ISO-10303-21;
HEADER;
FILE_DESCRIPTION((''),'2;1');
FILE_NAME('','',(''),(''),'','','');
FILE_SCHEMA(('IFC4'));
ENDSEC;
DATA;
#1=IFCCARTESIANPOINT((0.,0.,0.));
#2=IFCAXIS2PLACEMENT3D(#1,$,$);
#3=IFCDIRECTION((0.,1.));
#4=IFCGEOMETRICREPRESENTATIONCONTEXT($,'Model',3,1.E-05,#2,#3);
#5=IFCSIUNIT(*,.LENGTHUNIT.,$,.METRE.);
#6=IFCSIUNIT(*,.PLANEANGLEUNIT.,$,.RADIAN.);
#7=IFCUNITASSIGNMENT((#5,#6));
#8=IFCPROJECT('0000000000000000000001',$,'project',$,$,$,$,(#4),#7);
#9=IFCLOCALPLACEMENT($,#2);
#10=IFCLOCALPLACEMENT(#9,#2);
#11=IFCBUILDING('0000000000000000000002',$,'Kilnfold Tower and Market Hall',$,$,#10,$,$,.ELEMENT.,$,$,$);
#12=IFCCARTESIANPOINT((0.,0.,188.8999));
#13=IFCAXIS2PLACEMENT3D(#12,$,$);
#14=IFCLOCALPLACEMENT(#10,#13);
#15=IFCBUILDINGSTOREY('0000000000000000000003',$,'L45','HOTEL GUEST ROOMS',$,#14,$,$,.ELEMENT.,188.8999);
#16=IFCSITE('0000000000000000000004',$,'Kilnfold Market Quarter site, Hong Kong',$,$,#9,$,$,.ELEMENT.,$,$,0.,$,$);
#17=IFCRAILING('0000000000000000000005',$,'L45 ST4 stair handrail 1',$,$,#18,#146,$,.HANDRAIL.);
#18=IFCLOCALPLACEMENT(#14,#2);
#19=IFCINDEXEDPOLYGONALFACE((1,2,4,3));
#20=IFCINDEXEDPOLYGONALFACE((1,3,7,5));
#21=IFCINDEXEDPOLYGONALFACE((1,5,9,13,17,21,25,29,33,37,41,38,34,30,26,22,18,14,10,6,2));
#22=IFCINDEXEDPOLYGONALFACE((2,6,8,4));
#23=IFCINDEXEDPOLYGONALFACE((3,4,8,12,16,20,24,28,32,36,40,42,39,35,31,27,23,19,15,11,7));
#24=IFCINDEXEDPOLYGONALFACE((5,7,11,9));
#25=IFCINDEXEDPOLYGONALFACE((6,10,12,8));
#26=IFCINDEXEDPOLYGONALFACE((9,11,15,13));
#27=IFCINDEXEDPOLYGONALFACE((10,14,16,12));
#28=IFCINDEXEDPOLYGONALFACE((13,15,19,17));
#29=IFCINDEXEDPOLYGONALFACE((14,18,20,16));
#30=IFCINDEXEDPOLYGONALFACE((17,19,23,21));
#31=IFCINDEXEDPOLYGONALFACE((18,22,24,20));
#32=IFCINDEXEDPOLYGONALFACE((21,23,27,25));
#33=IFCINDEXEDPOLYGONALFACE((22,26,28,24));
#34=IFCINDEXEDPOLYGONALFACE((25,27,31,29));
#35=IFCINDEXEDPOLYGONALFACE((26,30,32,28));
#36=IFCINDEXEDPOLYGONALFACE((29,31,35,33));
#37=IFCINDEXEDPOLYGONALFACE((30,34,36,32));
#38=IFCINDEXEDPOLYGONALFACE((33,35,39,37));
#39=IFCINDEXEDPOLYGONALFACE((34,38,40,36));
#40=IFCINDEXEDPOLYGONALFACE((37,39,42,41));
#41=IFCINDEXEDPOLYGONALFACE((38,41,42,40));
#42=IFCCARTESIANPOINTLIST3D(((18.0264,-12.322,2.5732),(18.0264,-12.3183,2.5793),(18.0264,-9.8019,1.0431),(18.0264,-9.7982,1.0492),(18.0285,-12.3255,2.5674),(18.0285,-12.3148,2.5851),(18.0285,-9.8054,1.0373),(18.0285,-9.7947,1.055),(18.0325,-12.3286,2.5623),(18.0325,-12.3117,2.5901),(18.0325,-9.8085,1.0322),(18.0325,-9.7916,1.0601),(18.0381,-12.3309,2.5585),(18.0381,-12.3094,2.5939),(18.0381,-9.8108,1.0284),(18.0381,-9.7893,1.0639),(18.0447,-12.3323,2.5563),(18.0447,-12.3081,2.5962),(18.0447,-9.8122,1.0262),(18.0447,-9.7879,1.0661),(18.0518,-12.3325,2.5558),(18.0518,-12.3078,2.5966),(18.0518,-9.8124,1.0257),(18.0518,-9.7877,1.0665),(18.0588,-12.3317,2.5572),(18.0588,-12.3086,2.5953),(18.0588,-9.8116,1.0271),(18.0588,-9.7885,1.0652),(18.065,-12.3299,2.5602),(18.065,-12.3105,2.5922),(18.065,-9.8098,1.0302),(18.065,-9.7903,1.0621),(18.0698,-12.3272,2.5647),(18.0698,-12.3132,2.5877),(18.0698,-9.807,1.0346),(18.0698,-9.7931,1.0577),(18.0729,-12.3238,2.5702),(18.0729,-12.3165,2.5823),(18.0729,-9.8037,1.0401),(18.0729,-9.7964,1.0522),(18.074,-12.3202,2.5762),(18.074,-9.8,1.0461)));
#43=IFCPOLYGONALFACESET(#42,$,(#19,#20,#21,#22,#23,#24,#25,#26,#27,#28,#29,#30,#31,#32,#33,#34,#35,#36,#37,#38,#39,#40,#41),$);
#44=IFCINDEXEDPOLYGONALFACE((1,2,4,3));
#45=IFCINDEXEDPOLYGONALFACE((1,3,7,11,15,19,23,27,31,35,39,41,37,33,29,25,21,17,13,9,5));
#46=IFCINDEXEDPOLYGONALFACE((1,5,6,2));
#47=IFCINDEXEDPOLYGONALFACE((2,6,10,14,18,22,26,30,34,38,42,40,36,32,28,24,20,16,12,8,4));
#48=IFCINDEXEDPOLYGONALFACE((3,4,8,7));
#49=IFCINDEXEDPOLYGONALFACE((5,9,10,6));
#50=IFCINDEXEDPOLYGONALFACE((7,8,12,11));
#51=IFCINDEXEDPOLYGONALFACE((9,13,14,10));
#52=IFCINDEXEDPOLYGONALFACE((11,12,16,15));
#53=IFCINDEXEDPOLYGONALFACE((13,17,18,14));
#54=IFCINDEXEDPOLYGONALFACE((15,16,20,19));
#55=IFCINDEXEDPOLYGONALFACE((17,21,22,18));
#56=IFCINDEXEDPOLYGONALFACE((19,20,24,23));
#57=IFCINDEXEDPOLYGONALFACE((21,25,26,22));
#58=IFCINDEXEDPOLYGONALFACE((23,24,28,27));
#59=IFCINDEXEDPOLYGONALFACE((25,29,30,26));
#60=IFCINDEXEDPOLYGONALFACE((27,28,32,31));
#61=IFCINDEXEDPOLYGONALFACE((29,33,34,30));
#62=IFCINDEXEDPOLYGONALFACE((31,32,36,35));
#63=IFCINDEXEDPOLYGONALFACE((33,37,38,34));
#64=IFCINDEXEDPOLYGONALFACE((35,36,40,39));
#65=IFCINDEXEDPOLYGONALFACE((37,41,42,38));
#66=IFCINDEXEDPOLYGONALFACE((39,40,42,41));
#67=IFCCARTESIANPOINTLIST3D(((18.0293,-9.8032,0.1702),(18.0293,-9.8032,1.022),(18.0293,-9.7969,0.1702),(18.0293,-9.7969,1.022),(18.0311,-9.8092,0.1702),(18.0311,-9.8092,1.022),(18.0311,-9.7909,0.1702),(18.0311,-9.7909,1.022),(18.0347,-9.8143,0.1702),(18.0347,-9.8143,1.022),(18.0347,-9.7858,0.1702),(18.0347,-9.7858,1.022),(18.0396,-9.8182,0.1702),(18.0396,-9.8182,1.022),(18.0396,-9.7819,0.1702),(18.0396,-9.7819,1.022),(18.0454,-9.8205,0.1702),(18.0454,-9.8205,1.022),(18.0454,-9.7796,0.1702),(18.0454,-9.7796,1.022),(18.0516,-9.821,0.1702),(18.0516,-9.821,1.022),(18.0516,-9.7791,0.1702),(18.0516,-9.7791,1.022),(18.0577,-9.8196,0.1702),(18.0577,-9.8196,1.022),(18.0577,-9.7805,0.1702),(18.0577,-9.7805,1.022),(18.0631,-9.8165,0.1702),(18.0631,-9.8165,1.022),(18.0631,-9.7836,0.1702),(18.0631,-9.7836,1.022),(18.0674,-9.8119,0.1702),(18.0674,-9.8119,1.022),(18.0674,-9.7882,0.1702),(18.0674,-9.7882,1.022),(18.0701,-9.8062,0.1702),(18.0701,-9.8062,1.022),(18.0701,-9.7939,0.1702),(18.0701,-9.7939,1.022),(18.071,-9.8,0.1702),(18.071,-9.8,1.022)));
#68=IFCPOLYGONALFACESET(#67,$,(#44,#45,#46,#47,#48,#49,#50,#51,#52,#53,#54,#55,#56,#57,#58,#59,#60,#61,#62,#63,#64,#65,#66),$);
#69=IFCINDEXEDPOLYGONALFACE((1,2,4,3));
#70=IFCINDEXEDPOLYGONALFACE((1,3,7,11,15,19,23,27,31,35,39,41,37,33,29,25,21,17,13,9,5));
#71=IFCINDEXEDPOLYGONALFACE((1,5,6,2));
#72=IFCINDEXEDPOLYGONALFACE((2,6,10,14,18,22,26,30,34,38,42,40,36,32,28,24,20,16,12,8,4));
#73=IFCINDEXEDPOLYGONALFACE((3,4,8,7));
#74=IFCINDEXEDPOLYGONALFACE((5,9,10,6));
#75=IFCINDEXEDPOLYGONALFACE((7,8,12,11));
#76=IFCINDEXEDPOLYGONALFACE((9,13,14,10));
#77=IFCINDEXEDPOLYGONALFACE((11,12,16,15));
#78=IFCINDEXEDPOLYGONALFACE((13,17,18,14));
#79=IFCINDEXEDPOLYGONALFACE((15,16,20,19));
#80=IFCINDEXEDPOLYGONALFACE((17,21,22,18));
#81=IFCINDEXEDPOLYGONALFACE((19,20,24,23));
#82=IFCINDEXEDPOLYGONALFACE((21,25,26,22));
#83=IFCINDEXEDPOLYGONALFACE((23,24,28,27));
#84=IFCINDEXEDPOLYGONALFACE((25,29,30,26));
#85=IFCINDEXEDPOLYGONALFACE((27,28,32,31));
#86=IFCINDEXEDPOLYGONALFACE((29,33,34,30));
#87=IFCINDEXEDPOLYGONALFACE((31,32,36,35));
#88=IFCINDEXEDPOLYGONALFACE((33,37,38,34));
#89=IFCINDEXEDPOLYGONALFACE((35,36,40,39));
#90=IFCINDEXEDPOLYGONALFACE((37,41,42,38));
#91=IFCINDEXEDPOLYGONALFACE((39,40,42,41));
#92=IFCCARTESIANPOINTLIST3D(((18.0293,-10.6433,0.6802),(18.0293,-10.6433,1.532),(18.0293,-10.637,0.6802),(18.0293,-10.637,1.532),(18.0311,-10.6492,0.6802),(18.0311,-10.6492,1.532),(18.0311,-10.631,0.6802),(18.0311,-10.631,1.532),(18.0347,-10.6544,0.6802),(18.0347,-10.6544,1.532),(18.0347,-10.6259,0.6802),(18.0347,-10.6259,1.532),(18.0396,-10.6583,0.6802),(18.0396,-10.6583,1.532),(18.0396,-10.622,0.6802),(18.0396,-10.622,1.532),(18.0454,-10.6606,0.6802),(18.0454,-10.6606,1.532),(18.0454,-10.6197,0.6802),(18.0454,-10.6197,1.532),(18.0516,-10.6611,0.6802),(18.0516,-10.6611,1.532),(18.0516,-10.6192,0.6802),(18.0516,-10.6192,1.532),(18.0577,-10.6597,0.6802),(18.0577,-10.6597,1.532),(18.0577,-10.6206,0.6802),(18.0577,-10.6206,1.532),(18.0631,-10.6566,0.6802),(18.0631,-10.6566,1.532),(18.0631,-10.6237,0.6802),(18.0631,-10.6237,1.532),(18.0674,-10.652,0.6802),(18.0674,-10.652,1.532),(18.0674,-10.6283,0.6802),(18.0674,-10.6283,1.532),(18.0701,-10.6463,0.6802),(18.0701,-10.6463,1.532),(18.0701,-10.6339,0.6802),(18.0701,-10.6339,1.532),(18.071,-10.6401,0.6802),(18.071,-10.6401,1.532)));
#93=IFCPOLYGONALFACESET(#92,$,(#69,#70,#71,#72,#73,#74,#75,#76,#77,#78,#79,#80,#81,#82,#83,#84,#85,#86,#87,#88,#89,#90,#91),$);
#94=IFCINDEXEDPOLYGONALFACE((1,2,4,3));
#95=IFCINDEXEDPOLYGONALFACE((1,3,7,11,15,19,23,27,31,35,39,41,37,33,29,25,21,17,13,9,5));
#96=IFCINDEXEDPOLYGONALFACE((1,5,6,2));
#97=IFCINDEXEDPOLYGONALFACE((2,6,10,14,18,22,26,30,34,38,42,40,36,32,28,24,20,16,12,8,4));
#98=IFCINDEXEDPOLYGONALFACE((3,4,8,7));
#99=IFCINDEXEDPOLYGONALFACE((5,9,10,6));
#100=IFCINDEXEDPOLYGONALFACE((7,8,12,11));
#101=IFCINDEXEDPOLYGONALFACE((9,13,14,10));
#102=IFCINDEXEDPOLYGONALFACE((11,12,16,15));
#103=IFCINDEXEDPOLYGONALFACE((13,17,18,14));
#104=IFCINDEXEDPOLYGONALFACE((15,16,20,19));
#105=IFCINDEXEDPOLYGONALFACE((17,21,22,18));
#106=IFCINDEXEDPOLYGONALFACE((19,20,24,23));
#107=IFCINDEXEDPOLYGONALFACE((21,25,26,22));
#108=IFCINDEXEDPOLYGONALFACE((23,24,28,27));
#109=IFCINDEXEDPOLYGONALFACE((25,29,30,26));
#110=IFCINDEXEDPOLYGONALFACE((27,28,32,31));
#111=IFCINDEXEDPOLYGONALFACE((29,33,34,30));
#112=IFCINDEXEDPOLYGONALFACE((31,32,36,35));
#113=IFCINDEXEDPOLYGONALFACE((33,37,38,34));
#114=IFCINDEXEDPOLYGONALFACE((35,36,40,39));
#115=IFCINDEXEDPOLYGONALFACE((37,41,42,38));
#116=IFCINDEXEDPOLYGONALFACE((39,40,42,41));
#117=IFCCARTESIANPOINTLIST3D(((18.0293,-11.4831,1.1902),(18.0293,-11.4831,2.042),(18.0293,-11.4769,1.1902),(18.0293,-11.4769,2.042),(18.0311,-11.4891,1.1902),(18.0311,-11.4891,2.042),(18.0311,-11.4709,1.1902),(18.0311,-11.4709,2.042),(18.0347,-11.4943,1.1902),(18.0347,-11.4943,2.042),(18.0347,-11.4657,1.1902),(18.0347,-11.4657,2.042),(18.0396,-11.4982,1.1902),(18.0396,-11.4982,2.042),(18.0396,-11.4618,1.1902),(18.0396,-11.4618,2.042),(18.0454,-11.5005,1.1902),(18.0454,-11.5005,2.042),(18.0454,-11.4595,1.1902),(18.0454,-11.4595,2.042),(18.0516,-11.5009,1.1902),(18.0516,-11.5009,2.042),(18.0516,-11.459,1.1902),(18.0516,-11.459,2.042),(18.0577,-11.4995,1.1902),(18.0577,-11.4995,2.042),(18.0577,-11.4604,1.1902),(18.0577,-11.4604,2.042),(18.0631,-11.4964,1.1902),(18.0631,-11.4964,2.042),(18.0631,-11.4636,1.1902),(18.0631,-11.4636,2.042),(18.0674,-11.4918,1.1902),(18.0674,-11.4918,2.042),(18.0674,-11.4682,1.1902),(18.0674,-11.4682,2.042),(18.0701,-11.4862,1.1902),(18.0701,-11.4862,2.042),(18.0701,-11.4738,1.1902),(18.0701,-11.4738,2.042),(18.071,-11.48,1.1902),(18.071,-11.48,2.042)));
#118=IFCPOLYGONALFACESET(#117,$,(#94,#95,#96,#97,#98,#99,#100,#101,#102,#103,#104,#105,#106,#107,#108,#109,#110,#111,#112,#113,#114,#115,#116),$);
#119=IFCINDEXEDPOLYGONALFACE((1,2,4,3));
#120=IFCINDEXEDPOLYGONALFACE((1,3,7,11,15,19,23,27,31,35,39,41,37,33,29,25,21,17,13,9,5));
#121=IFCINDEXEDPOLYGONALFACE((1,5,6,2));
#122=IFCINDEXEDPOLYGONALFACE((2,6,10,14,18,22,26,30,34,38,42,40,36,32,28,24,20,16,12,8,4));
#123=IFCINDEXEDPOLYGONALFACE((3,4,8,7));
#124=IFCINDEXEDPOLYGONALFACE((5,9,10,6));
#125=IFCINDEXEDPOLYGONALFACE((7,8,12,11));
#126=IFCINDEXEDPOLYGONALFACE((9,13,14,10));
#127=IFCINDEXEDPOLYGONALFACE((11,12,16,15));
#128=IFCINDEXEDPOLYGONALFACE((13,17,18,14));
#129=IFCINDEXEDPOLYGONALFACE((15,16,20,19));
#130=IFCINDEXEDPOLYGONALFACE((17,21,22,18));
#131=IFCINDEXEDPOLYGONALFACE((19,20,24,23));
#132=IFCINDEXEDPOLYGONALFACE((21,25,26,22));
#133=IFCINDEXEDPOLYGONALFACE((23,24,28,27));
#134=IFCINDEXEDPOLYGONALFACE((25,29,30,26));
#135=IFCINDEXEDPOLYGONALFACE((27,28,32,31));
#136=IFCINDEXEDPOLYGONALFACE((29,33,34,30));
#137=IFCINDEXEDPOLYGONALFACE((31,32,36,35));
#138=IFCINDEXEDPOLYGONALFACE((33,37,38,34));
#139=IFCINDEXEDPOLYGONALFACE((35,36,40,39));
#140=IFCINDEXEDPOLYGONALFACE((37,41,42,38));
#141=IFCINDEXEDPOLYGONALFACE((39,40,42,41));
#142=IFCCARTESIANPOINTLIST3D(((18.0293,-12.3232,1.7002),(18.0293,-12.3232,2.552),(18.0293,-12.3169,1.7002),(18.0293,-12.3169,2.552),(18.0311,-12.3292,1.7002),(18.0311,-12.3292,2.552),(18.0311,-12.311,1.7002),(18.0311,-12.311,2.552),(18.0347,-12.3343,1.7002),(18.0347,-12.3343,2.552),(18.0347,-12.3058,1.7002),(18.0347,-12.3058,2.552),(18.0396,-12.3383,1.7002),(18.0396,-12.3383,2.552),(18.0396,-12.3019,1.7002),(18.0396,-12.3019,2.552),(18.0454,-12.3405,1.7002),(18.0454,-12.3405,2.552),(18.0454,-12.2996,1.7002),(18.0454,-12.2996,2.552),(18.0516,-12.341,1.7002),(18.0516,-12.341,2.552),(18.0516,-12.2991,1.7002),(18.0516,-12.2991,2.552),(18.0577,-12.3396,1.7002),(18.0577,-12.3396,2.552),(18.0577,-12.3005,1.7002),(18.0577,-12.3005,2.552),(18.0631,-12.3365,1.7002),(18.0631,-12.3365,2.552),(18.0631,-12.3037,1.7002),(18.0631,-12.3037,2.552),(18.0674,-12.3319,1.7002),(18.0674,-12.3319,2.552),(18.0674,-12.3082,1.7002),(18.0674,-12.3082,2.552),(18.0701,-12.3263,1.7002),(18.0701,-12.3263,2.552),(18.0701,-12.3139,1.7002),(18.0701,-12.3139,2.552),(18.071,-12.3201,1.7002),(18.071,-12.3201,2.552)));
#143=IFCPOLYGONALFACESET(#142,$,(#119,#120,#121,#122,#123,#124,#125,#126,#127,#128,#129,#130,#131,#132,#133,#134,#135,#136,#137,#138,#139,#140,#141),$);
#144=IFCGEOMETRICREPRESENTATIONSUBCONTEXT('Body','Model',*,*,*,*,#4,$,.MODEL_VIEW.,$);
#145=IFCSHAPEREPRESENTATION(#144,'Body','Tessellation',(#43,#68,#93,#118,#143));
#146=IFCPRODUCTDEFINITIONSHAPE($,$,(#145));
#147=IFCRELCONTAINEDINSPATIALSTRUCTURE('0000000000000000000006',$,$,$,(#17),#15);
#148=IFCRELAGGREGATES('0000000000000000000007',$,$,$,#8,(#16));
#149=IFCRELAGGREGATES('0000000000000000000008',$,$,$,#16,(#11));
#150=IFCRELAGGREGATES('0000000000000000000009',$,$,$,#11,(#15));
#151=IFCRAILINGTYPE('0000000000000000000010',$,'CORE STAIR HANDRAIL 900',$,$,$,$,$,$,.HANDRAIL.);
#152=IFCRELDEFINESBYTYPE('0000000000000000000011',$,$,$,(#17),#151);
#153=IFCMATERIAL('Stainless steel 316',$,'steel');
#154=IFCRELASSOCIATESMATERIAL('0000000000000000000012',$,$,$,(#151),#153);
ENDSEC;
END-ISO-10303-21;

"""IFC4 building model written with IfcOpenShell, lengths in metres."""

from ifc_helpers import new_model, si_unit, direction, frame, origin, origin_2d, place, context, subcontext, project, spatial, circle, extrude, material, type_object, element, save


model = new_model("IFC4")

# Units and contexts
model_context = context("Model", 3, precision=1e-05, world=origin(), true_north=direction((0.0, 1.0)))
body_context = subcontext(model_context, "Body", "Model", "MODEL_VIEW")
ifc_project = project(units=[si_unit("LENGTHUNIT", "METRE"), si_unit("PLANEANGLEUNIT", "RADIAN")], contexts=[model_context])

# Site, building, storey
site_placement = place(None, origin())
site = spatial("IfcSite", under=ifc_project, at=site_placement, Name="Kilnfold Market Quarter site, Hong Kong", CompositionType="ELEMENT", RefElevation=0.0)
building_placement = place(site_placement, origin())
building = spatial("IfcBuilding", under=site, at=building_placement, Name="Kilnfold Tower and Market Hall", CompositionType="ELEMENT")
storey_placement = place(building_placement, frame((0.0, 0.0, 188.8999)))
storey = spatial("IfcBuildingStorey", under=building, at=storey_placement, Name="L45", Description="HOTEL GUEST ROOMS", CompositionType="ELEMENT", Elevation=188.8999)

# Railing
ifc_material_1 = material(Name="Stainless steel 316", Category="steel")
railing_type_1 = type_object("IfcRailingType", Name="CORE STAIR HANDRAIL 900", PredefinedType="HANDRAIL", material=ifc_material_1)
railing_1_placement = place(storey_placement, frame((18.05, -9.8, 0.1702)))
element("IfcRailing", 1, at=railing_1_placement, inside=storey, type_object=railing_type_1, Name="L45 ST4 stair handrail 1", PredefinedType="HANDRAIL", context=body_context, shape_type="SweptSolid", body=[
    extrude(circle(Radius=0.0239, at=origin_2d()), frame((0.0, 0.0, 0.876), z_axis=(0.0, -0.854785, 0.518982), x_axis=(1.0, 0.0, 0.0)), (0.0, 0.0, 1.0), 2.9482),
    extrude(circle(Radius=0.021, at=origin_2d()), origin(), (0.0, 0.0, 1.0), 0.8518),
    extrude(circle(Radius=0.021, at=origin_2d()), frame((0.0, -0.8401, 0.51)), (0.0, 0.0, 1.0), 0.8518),
    extrude(circle(Radius=0.021, at=origin_2d()), frame((0.0, -1.6799, 1.02)), (0.0, 0.0, 1.0), 0.8518),
    extrude(circle(Radius=0.021, at=origin_2d()), frame((0.0, -2.52, 1.53)), (0.0, 0.0, 1.0), 0.8518),
])

save(model, "model.ifc")
